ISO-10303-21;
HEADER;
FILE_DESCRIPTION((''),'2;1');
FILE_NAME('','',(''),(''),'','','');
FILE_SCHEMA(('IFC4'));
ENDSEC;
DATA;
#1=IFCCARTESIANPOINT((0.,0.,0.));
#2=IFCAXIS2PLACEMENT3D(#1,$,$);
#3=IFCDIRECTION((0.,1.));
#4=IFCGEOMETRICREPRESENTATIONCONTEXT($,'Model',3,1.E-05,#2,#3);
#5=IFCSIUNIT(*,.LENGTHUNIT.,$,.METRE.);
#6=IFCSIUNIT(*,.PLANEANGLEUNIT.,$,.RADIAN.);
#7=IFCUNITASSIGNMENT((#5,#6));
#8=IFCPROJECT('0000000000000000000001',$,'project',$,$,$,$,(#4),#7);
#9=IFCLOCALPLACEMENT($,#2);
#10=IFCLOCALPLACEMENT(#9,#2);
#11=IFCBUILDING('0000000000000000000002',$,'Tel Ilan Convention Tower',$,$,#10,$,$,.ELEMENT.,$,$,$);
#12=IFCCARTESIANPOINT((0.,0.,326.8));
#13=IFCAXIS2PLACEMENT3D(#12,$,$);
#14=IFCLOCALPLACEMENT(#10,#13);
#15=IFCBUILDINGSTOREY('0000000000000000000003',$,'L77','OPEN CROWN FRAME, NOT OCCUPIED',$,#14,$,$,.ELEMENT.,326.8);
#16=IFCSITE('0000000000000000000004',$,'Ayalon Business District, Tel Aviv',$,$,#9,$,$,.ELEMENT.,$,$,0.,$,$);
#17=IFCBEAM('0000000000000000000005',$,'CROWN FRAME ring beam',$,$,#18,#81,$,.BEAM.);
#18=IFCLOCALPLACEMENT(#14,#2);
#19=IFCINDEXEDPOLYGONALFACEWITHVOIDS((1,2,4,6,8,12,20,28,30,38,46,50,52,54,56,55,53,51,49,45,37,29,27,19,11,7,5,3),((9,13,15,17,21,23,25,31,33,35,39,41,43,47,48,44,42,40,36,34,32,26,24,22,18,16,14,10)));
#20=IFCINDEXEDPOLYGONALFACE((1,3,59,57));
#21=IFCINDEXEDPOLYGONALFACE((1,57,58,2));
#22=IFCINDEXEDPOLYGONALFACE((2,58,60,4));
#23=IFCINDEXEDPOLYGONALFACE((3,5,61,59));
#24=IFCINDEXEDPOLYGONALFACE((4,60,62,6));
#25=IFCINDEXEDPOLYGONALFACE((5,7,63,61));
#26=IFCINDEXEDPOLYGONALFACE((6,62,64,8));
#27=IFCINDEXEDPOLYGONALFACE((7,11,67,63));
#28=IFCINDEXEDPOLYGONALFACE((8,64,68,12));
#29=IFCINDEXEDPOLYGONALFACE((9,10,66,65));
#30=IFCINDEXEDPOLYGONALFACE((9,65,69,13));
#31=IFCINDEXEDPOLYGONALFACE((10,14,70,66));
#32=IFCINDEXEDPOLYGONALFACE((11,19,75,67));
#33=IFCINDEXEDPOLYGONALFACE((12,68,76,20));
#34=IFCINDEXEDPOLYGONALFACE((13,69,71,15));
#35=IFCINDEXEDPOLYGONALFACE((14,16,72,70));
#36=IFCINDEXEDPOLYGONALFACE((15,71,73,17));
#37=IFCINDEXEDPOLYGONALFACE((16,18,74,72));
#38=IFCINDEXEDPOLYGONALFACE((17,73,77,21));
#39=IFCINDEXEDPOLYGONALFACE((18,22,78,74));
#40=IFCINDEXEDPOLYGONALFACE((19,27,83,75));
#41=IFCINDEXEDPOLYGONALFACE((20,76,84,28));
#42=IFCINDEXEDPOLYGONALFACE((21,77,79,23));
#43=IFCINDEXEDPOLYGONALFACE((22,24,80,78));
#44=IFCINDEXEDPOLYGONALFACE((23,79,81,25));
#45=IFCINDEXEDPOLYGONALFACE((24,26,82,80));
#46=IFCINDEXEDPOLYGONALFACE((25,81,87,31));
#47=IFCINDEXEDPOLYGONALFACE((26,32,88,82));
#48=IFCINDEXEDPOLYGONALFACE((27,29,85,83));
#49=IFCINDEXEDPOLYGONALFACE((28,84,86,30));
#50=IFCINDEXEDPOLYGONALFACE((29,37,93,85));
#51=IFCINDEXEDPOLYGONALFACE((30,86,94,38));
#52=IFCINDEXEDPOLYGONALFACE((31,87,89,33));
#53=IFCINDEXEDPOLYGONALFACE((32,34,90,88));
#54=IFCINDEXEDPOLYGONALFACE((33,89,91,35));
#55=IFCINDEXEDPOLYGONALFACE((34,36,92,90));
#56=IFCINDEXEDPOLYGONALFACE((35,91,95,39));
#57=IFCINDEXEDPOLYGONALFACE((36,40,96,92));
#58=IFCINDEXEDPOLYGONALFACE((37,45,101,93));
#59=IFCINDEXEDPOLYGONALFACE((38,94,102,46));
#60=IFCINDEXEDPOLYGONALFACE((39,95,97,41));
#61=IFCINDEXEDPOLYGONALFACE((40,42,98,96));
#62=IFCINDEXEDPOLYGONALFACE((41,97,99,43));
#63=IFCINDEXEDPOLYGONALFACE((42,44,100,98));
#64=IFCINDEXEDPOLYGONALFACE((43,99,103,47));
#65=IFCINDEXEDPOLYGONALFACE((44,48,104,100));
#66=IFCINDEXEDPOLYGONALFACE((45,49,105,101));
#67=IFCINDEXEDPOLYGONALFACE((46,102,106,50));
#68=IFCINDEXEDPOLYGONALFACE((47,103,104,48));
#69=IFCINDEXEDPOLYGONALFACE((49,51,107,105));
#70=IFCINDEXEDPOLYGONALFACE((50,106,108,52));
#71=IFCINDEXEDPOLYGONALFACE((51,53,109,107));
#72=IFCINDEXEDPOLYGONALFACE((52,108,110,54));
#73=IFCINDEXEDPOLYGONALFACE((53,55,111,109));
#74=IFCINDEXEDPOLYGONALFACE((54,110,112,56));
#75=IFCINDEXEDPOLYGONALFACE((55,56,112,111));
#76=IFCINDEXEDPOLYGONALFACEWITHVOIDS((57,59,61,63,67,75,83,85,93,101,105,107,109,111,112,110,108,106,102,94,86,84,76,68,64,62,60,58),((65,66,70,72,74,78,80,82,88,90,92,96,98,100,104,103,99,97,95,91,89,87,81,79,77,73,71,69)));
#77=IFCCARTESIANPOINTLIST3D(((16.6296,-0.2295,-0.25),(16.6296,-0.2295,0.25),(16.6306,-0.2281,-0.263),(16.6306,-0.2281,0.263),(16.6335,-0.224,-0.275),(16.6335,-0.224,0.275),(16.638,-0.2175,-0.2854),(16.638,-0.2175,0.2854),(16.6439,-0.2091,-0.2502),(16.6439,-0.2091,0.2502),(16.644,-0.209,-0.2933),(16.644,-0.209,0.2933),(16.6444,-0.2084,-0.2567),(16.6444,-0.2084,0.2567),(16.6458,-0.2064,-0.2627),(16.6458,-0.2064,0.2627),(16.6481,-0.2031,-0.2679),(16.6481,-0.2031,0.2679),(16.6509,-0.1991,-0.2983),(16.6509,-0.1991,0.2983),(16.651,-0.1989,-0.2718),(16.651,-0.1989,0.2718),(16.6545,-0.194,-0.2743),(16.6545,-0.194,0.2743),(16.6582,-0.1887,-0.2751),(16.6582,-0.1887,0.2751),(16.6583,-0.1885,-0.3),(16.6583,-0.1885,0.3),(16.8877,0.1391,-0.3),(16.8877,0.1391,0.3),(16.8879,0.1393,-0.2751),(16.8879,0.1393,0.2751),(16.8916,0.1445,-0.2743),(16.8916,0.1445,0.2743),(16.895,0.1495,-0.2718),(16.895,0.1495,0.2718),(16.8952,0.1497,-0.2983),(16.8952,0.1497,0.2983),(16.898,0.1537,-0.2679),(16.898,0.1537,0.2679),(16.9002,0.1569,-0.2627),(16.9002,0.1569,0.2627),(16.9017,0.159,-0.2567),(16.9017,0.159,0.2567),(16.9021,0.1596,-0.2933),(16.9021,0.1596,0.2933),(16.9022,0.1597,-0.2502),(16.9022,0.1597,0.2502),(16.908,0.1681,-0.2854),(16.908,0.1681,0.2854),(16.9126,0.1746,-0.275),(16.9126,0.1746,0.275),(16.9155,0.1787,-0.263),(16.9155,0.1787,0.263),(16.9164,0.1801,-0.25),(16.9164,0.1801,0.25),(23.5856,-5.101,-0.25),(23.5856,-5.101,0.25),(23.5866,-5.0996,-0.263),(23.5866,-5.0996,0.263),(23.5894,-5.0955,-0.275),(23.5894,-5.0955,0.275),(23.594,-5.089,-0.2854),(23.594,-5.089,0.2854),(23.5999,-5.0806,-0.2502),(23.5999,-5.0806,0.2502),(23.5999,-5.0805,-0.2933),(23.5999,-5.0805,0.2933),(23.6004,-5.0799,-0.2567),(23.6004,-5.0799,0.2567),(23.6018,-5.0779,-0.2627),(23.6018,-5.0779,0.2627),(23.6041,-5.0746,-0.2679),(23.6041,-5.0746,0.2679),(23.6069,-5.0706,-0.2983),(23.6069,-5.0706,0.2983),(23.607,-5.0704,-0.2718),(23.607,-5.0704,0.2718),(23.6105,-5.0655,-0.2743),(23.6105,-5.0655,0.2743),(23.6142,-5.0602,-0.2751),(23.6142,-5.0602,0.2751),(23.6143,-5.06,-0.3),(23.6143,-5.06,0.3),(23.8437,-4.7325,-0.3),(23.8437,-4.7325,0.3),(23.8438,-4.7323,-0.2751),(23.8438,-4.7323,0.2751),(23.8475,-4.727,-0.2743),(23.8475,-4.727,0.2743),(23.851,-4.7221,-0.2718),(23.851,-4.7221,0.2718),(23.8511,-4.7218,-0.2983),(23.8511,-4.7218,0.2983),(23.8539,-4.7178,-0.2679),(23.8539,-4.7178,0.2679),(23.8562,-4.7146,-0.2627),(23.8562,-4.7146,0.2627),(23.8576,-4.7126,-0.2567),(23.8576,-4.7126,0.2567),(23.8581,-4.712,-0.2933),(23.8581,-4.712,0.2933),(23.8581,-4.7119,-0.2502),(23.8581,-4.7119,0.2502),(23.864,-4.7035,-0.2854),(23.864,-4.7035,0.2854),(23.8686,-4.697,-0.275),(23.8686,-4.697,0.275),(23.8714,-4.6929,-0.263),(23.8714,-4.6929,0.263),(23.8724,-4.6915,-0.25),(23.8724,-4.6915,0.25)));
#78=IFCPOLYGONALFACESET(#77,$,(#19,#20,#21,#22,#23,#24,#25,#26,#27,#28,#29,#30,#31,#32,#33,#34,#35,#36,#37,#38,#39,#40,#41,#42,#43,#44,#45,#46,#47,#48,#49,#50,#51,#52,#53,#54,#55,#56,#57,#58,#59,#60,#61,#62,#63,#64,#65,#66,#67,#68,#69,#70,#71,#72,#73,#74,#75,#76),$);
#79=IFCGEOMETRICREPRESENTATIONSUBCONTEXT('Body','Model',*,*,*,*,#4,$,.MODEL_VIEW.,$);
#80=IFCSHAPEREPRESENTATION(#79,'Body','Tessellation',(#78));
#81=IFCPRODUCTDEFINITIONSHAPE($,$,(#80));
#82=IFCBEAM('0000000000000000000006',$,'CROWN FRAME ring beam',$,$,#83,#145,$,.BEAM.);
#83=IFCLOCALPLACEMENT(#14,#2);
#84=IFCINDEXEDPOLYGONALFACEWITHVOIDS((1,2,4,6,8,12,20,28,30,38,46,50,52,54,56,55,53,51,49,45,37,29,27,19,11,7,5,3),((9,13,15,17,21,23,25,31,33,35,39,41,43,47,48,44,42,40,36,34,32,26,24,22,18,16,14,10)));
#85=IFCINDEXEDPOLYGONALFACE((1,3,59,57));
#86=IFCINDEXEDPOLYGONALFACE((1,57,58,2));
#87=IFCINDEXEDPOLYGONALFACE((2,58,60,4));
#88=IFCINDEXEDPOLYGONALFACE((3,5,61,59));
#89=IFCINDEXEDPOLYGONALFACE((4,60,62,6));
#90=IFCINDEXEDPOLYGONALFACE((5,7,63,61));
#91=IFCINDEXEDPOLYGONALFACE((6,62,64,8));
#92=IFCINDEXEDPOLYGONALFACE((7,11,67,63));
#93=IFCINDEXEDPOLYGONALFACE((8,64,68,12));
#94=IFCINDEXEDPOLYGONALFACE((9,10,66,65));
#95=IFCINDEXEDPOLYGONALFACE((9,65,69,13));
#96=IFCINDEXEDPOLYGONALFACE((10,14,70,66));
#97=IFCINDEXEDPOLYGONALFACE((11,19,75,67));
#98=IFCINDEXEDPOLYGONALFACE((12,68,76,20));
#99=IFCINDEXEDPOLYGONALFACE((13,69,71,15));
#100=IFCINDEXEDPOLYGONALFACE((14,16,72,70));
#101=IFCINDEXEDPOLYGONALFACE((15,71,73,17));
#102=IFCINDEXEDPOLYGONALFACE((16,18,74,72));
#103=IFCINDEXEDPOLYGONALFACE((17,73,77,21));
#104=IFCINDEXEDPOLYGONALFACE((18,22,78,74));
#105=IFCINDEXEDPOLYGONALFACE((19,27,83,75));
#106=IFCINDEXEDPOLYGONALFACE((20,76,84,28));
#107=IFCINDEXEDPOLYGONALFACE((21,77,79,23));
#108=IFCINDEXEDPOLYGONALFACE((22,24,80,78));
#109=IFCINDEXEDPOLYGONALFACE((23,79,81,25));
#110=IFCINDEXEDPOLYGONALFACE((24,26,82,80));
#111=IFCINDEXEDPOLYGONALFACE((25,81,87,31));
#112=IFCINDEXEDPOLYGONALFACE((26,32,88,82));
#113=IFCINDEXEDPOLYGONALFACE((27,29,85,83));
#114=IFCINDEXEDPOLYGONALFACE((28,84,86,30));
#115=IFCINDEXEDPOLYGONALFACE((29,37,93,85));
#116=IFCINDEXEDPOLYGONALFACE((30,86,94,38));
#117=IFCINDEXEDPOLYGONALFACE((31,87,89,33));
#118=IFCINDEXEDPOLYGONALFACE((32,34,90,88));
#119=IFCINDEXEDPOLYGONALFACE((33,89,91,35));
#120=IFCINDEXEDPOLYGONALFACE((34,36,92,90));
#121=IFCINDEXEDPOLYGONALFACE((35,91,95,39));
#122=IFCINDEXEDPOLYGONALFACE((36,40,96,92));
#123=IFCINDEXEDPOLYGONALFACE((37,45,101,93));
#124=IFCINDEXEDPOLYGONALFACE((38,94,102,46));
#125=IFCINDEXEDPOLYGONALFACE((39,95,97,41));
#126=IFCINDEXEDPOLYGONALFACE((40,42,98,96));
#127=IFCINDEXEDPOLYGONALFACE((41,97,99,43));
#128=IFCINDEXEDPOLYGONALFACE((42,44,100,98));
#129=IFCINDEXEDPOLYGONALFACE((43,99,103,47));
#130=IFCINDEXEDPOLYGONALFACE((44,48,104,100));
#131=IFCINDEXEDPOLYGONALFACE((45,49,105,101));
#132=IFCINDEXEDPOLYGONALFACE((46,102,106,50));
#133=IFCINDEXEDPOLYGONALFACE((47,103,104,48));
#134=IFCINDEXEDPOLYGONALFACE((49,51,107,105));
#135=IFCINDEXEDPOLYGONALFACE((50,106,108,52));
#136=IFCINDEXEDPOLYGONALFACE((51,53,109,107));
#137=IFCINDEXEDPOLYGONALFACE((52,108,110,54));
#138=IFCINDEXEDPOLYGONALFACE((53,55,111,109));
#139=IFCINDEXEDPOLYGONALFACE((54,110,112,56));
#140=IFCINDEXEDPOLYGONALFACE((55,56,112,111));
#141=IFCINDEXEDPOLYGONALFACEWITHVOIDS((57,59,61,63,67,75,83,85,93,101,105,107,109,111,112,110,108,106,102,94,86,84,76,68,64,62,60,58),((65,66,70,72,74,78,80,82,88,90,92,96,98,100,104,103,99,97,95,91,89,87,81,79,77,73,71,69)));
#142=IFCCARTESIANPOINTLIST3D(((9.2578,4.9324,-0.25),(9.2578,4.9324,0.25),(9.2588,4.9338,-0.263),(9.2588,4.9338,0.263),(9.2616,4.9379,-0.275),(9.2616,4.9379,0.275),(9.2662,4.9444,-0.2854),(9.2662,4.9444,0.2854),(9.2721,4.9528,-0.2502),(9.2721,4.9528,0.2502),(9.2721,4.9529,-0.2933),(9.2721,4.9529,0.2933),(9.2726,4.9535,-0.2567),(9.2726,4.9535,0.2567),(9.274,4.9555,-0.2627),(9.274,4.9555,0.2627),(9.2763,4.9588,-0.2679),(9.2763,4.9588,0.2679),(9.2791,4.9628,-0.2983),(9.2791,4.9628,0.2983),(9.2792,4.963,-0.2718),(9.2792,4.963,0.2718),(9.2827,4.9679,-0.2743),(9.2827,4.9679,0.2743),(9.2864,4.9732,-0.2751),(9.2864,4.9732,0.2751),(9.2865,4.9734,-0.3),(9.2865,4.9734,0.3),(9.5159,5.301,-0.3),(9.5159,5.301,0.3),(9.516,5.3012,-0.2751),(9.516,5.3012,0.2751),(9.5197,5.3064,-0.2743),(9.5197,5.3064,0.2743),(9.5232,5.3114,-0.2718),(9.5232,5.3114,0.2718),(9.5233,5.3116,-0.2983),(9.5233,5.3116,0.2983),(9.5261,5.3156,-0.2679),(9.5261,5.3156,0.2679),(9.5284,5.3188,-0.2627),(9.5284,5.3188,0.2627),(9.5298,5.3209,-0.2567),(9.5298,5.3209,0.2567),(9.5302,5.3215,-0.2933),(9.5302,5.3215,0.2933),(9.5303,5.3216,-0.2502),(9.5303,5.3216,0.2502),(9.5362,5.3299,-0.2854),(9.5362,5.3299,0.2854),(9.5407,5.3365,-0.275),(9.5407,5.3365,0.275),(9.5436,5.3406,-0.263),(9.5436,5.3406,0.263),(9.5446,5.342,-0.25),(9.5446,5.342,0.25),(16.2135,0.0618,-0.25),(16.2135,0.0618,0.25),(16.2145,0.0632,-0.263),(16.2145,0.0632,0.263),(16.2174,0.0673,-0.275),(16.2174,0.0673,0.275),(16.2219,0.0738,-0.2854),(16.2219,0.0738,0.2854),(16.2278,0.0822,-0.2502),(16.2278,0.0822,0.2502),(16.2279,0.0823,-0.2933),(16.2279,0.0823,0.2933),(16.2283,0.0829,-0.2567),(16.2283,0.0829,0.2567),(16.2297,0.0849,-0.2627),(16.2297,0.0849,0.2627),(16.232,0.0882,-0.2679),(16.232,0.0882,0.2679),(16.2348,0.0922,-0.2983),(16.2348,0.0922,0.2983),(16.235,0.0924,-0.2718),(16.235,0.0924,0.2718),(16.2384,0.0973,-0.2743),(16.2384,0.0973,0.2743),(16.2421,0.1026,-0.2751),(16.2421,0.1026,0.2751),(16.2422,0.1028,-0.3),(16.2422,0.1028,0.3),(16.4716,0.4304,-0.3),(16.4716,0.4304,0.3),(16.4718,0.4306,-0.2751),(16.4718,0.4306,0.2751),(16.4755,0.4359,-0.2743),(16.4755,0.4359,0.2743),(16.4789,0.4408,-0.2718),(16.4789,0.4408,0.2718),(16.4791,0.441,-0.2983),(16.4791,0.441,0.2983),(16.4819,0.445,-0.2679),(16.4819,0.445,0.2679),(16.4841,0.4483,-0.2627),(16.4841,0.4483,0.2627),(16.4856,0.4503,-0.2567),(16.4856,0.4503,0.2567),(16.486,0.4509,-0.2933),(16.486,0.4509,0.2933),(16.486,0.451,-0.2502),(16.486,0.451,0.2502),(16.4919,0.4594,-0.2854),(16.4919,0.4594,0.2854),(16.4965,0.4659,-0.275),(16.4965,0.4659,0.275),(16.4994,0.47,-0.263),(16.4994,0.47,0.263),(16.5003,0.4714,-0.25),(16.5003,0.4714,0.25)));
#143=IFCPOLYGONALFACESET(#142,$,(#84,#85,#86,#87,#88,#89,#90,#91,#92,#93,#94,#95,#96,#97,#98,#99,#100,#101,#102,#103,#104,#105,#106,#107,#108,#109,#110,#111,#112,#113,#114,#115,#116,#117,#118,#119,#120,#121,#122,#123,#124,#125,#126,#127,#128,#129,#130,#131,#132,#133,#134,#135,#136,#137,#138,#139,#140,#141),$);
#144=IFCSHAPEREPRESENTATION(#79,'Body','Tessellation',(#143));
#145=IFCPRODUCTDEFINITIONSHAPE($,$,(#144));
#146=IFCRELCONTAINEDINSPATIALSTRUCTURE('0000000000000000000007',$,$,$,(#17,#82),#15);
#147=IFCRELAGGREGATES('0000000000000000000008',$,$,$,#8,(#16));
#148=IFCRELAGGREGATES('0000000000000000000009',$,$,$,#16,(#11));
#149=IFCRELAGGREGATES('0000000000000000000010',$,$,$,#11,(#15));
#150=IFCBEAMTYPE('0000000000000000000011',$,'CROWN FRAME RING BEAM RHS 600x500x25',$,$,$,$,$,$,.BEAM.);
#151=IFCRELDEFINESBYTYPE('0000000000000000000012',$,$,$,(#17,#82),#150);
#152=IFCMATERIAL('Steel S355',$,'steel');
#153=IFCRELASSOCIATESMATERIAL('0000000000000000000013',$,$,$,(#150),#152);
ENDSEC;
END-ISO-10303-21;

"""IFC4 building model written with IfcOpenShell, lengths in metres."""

from ifc_helpers import new_model, si_unit, direction, frame, origin, origin_2d, place, context, subcontext, project, spatial, hollow_rectangle, extrude, material, material_profile, profile_set, type_object, element, save


model = new_model("IFC4")

# Units and contexts
model_context = context("Model", 3, precision=1e-05, world=origin(), true_north=direction((0.0, 1.0)))
body_context = subcontext(model_context, "Body", "Model", "MODEL_VIEW")
ifc_project = project(units=[si_unit("LENGTHUNIT", "METRE"), si_unit("PLANEANGLEUNIT", "RADIAN")], contexts=[model_context])

# Site, building, storey
site_placement = place(None, origin())
site = spatial("IfcSite", under=ifc_project, at=site_placement, Name="Ayalon Business District, Tel Aviv", CompositionType="ELEMENT", RefElevation=0.0)
building_placement = place(site_placement, origin())
building = spatial("IfcBuilding", under=site, at=building_placement, Name="Tel Ilan Convention Tower", CompositionType="ELEMENT")
storey_placement = place(building_placement, frame((0.0, 0.0, 326.8)))
storey = spatial("IfcBuildingStorey", under=building, at=storey_placement, Name="L77", Description="OPEN CROWN FRAME, NOT OCCUPIED", CompositionType="ELEMENT", Elevation=326.8)

# Beams
ifc_material_1 = material(Name="Steel S355", Category="steel")
ifc_material_profile_1 = material_profile(ifc_material_1, hollow_rectangle(XDim=0.5, YDim=0.6001, WallThickness=0.0249, InnerFilletRadius=0.0249, OuterFilletRadius=0.05, at=origin_2d()), Name="RHS 600x500x25")
ifc_profile_set_1 = profile_set([ifc_material_profile_1], Name="Steel S355")
beam_type = type_object("IfcBeamType", Name="CROWN FRAME RING BEAM RHS 600x500x25", PredefinedType="BEAM", material=ifc_profile_set_1)
beam_1_placement = place(storey_placement, frame((23.729, -4.8962, 0.0), z_axis=(-0.819102, 0.573648, 0.0), x_axis=(-0.573648, -0.819102, 0.0)))
element("IfcBeam", 1, at=beam_1_placement, inside=storey, type_object=beam_type, Name="CROWN FRAME ring beam", PredefinedType="BEAM", context=body_context, shape_type="SweptSolid", body=[
    extrude(hollow_rectangle(XDim=0.5, YDim=0.6001, WallThickness=0.0249, InnerFilletRadius=0.0249, OuterFilletRadius=0.05, at=origin_2d()), origin(), (0.0, 0.0, 1.0), 8.4922),
])
beam_2_placement = place(storey_placement, frame((16.3569, 0.2666, 0.0), z_axis=(-0.819147, 0.573584, 0.0), x_axis=(-0.573584, -0.819147, 0.0)))
element("IfcBeam", 2, at=beam_2_placement, inside=storey, type_object=beam_type, Name="CROWN FRAME ring beam", PredefinedType="BEAM", context=body_context, shape_type="SweptSolid", body=[
    extrude(hollow_rectangle(XDim=0.5, YDim=0.6001, WallThickness=0.0249, InnerFilletRadius=0.0249, OuterFilletRadius=0.05, at=origin_2d()), origin(), (0.0, 0.0, 1.0), 8.4915),
])

save(model, "model.ifc")
